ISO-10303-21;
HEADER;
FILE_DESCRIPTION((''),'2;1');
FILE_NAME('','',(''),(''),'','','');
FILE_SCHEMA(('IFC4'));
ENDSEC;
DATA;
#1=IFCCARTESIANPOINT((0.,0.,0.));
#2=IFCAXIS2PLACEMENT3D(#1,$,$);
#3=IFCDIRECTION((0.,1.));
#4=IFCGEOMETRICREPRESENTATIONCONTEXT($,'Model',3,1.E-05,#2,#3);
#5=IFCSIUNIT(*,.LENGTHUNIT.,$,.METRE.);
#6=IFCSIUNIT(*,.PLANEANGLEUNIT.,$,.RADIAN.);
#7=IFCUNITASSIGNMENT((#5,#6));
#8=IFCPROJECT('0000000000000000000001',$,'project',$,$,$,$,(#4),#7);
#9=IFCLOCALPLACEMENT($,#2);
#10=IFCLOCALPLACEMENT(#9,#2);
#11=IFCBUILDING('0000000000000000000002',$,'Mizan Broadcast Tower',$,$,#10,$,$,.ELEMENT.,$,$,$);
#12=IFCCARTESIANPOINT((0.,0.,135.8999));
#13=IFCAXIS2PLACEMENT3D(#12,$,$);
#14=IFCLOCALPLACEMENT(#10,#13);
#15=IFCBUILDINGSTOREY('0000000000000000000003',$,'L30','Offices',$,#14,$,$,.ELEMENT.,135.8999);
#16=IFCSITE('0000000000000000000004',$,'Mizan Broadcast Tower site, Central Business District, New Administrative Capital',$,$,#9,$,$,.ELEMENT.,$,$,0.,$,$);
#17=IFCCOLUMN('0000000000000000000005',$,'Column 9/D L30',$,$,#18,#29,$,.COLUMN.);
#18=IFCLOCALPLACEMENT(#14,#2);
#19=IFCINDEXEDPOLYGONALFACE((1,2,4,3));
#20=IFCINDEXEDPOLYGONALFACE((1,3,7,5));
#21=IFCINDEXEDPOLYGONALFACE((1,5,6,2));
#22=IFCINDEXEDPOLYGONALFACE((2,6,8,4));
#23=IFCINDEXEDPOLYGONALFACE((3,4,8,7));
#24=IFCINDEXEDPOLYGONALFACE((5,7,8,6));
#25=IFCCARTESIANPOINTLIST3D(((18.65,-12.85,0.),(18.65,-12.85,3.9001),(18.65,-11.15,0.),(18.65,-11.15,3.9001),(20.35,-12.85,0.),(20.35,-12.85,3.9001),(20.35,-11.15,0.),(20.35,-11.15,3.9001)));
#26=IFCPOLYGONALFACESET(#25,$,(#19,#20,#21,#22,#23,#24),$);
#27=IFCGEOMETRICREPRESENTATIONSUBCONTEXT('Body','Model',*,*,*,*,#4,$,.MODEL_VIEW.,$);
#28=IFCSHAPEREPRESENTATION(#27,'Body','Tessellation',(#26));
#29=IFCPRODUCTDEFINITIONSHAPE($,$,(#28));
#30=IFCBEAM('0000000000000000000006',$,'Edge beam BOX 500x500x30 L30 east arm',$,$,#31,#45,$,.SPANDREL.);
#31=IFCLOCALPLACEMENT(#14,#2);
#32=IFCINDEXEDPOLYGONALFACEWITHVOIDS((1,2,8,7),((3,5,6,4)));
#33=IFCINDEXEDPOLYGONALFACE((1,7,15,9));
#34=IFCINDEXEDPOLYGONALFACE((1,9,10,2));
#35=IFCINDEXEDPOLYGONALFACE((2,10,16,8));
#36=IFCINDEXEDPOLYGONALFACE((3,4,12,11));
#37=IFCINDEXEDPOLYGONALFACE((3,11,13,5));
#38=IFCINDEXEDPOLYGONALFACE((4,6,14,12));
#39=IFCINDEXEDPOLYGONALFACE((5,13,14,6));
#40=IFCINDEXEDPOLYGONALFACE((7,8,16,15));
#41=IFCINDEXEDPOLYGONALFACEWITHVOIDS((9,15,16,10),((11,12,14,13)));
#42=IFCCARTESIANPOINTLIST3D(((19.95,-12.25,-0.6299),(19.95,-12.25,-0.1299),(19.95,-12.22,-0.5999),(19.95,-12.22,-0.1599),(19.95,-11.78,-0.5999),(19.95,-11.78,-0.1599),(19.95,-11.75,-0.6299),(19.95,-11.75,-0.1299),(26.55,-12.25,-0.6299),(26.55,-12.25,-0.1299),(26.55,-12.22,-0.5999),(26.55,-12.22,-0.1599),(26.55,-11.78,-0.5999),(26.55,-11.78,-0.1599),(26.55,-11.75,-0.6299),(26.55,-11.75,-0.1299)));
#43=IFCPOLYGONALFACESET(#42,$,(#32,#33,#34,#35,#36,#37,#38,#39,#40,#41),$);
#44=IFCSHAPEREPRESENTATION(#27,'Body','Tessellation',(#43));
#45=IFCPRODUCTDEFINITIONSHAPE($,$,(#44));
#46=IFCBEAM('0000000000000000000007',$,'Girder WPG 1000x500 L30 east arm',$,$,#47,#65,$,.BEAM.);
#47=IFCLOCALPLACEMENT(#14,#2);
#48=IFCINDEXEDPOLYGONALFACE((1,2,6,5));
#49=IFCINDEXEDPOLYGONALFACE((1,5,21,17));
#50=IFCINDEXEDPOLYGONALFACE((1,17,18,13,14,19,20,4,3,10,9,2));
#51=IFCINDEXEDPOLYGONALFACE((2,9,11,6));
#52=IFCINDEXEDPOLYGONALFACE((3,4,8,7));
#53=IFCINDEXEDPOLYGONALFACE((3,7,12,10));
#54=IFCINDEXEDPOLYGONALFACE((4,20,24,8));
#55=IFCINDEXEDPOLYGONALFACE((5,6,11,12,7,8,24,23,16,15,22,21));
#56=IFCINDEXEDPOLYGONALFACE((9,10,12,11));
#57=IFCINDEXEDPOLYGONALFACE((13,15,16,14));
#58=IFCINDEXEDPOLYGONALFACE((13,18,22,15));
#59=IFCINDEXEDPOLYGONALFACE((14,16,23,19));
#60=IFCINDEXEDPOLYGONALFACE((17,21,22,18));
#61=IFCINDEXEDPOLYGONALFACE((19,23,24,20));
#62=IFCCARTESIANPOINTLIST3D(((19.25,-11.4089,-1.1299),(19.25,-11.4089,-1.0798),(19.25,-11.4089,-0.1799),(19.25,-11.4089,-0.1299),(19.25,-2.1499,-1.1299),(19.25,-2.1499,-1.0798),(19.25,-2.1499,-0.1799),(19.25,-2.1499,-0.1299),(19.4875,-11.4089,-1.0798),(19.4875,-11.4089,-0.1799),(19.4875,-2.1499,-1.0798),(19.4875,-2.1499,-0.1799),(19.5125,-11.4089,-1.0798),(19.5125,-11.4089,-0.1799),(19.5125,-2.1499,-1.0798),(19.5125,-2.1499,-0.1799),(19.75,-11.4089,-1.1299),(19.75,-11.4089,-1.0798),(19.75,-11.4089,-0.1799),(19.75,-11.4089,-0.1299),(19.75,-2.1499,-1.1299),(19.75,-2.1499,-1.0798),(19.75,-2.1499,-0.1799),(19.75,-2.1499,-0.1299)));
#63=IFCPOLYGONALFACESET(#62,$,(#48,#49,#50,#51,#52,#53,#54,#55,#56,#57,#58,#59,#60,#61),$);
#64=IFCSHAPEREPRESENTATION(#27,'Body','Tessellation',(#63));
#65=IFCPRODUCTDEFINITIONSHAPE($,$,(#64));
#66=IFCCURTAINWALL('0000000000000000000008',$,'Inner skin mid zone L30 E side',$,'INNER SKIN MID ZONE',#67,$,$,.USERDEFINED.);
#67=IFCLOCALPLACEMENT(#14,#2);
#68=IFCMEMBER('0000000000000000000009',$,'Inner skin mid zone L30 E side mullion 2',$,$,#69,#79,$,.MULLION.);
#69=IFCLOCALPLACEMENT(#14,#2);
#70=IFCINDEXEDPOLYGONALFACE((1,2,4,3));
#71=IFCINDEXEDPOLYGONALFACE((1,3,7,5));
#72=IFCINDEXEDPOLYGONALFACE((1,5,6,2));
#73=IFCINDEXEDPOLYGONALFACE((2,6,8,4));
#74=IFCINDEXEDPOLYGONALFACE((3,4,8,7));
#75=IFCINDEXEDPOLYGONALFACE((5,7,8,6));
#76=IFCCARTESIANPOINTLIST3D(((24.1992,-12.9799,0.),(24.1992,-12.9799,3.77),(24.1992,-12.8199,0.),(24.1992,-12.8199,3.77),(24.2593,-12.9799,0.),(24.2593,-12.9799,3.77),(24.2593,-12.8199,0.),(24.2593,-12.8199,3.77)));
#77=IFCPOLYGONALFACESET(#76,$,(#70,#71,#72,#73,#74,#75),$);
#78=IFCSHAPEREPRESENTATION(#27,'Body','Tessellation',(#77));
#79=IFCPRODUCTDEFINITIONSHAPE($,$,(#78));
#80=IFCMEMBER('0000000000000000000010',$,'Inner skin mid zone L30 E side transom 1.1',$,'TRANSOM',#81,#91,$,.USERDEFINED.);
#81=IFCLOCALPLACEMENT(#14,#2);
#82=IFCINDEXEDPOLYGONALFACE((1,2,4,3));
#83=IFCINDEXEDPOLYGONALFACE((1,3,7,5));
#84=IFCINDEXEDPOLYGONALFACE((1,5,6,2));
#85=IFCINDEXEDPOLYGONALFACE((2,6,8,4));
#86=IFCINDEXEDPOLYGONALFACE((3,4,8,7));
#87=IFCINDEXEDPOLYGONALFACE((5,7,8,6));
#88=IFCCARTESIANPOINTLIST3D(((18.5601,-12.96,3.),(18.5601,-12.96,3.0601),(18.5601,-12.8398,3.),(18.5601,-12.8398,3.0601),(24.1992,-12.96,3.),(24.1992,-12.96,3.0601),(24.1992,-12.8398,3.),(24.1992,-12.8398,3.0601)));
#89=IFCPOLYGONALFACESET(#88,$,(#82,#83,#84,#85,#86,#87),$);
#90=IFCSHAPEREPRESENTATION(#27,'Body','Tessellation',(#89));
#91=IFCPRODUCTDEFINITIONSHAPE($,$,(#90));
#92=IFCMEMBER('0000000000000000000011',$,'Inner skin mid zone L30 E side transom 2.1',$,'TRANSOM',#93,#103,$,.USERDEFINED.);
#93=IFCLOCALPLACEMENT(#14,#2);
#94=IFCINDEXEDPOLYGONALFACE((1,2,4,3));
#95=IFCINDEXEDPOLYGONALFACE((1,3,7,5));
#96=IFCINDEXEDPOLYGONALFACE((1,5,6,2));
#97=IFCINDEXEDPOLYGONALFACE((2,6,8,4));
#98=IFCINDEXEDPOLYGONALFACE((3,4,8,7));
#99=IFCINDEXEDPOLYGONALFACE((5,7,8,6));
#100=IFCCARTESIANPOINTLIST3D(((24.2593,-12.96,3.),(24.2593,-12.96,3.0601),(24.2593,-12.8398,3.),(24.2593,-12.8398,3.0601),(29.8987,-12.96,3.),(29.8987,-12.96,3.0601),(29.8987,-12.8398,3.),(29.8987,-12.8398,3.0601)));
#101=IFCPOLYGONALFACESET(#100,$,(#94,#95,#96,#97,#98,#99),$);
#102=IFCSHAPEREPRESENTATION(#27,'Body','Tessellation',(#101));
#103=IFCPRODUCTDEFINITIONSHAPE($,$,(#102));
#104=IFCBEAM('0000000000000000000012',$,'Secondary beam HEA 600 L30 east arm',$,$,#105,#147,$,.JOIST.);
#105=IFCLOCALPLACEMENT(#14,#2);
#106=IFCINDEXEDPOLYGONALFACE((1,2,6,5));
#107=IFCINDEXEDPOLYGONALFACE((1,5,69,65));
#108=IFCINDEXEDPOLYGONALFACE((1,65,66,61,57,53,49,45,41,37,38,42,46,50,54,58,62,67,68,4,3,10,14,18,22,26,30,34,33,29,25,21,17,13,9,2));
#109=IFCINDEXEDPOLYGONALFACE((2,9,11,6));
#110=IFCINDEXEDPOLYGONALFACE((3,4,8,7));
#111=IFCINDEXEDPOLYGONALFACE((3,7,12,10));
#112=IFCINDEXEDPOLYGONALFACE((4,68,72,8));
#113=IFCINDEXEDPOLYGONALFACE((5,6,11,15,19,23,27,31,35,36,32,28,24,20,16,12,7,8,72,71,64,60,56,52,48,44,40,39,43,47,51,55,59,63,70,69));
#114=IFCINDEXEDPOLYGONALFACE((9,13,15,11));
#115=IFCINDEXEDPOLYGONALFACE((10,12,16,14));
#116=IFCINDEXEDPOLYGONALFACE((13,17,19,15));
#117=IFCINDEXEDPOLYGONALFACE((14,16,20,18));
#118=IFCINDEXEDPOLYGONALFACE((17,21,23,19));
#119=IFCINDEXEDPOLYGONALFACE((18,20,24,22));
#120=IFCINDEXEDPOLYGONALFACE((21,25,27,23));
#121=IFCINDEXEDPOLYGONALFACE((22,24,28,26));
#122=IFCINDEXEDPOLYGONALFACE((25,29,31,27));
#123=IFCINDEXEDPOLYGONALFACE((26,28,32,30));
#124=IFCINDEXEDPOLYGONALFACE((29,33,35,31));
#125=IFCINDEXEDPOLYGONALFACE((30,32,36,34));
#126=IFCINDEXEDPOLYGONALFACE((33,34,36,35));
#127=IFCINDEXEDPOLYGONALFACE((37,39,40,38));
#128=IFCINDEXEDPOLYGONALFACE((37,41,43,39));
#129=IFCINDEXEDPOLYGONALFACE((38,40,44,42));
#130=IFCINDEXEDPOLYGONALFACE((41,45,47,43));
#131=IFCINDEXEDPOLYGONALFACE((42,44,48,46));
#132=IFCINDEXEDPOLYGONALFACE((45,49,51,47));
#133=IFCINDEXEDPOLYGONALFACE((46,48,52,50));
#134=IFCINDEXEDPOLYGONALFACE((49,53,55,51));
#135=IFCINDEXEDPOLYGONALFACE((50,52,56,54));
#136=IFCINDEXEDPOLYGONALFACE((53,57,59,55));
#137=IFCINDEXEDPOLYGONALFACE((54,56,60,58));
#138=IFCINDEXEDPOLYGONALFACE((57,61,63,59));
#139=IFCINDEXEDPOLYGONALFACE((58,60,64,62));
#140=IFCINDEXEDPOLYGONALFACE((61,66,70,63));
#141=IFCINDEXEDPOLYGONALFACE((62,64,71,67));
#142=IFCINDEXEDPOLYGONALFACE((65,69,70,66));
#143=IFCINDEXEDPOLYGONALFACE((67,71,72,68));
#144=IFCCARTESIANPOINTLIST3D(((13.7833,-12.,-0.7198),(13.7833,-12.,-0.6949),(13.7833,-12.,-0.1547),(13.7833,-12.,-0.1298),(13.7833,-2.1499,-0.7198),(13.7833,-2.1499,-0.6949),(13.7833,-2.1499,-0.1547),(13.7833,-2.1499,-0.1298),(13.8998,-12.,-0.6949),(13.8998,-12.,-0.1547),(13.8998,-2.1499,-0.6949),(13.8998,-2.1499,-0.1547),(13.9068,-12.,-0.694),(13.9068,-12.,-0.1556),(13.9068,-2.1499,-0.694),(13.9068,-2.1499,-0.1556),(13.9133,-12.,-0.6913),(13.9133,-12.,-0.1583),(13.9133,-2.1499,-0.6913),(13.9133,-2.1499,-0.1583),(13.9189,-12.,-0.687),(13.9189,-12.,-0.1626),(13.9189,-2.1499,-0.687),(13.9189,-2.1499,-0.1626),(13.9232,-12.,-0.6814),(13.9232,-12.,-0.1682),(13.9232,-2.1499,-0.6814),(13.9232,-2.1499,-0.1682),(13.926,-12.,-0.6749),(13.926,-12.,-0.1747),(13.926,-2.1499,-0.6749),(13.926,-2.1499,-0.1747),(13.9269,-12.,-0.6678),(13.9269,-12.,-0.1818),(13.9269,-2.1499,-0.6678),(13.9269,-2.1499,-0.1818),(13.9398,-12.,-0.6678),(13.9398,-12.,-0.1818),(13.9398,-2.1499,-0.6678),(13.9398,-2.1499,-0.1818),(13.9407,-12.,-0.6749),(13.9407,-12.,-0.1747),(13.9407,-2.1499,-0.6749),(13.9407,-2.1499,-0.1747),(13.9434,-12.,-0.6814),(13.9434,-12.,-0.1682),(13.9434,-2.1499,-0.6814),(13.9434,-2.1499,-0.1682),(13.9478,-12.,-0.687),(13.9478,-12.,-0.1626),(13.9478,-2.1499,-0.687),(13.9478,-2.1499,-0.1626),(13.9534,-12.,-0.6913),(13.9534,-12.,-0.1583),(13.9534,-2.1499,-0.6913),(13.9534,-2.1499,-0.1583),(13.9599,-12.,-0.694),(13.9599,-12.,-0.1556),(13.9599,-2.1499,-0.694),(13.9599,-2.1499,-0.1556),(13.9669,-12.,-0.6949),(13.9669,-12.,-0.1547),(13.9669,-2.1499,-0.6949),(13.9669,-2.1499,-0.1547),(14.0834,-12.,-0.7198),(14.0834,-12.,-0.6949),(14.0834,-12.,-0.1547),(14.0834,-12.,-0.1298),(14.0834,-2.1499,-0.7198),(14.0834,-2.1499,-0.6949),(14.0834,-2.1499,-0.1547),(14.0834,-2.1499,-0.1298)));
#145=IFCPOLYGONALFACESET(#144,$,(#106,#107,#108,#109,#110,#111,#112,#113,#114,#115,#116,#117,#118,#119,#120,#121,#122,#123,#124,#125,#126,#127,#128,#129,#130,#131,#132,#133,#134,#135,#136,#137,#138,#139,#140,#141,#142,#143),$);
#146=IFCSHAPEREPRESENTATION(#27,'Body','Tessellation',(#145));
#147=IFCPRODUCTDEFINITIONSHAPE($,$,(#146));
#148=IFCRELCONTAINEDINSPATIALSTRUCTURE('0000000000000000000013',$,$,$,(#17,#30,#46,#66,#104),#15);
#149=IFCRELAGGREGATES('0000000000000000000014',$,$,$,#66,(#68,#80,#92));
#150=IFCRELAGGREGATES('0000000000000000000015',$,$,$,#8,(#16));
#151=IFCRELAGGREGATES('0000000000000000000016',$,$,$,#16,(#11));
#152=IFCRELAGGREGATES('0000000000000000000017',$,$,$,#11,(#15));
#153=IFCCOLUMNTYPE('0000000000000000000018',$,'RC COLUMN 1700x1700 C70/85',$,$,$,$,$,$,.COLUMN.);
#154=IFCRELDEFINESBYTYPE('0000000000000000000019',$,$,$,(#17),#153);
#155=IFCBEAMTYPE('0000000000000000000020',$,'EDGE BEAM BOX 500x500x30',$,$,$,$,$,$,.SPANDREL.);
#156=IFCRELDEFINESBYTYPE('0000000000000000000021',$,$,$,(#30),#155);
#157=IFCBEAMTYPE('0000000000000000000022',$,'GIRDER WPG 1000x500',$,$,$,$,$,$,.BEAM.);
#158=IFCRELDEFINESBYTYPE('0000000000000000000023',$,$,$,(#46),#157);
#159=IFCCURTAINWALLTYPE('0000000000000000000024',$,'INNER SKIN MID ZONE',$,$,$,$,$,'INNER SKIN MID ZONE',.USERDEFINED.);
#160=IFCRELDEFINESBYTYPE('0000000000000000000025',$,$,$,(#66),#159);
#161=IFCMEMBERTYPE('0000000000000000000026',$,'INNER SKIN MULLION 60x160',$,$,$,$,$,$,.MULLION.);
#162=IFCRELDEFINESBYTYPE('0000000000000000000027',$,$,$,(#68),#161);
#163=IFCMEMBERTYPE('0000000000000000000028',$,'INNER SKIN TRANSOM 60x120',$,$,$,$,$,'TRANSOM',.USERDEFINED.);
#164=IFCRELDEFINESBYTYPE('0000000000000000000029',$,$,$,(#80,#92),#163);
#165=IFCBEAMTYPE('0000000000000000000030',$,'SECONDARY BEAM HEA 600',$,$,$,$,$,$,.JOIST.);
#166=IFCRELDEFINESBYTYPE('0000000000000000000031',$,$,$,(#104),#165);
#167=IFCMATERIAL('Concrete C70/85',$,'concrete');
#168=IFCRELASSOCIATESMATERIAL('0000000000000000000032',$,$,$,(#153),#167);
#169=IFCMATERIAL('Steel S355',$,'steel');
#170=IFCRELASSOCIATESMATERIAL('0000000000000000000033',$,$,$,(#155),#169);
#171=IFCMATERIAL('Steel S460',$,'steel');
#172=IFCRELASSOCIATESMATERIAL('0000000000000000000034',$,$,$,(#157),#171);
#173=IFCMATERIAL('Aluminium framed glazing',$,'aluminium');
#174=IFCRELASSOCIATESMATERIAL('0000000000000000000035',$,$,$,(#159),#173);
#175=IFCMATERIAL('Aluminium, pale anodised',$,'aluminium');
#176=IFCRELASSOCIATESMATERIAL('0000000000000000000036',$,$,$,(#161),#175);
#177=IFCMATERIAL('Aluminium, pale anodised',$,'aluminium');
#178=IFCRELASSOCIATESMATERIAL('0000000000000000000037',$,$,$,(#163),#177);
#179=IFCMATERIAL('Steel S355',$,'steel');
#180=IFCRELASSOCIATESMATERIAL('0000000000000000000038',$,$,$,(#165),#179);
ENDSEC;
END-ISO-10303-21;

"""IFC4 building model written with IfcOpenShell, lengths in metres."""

from ifc_helpers import new_model, si_unit, direction, frame, origin, origin_2d, place, context, subcontext, project, spatial, rectangle, hollow_rectangle, i_section, extrude, material, material_profile, profile_set, type_object, element, aggregate, save


model = new_model("IFC4")

# Units and contexts
model_context = context("Model", 3, precision=1e-05, world=origin(), true_north=direction((0.0, 1.0)))
body_context = subcontext(model_context, "Body", "Model", "MODEL_VIEW")
ifc_project = project(units=[si_unit("LENGTHUNIT", "METRE"), si_unit("PLANEANGLEUNIT", "RADIAN")], contexts=[model_context])

# Site, building, storey
site_placement = place(None, origin())
site = spatial("IfcSite", under=ifc_project, at=site_placement, Name="Mizan Broadcast Tower site, Central Business District, New Administrative Capital", CompositionType="ELEMENT", RefElevation=0.0)
building_placement = place(site_placement, origin())
building = spatial("IfcBuilding", under=site, at=building_placement, Name="Mizan Broadcast Tower", CompositionType="ELEMENT")
storey_placement = place(building_placement, frame((0.0, 0.0, 135.8999)))
storey = spatial("IfcBuildingStorey", under=building, at=storey_placement, Name="L30", Description="Offices", CompositionType="ELEMENT", Elevation=135.8999)

# Column
ifc_material_1 = material(Name="Concrete C70/85", Category="concrete")
ifc_material_profile_1 = material_profile(ifc_material_1, rectangle(XDim=1.7, YDim=1.7, at=origin_2d()), Name="RC 1700x1700")
ifc_profile_set_1 = profile_set([ifc_material_profile_1], Name="Concrete C70/85")
column_type = type_object("IfcColumnType", Name="RC COLUMN 1700x1700 C70/85", PredefinedType="COLUMN", material=ifc_profile_set_1)
column_placement = place(storey_placement, frame((19.5, -12.0, 0.0), z_axis=(0.0, 0.0, 1.0), x_axis=(1.0, 0.0, 0.0)))
element("IfcColumn", 1, at=column_placement, inside=storey, type_object=column_type, Name="Column 9/D L30", PredefinedType="COLUMN", context=body_context, shape_type="SweptSolid", body=[
    extrude(rectangle(XDim=1.7, YDim=1.7, at=origin_2d()), origin(), (0.0, 0.0, 1.0), 3.9001),
])

# Beams
ifc_material_2 = material(Name="Steel S355", Category="steel")
ifc_material_profile_2 = material_profile(ifc_material_2, hollow_rectangle(XDim=0.5, YDim=0.5, WallThickness=0.03, at=origin_2d()), Name="BOX 500x500x30")
ifc_profile_set_2 = profile_set([ifc_material_profile_2], Name="Steel S355")
beam_type_1 = type_object("IfcBeamType", Name="EDGE BEAM BOX 500x500x30", PredefinedType="SPANDREL", material=ifc_profile_set_2)
beam_1_placement = place(storey_placement, frame((19.95, -12.0, -0.3799), z_axis=(1.0, 0.0, 0.0), x_axis=(0.0, 1.0, 0.0)))
element("IfcBeam", 2, at=beam_1_placement, inside=storey, type_object=beam_type_1, Name="Edge beam BOX 500x500x30 L30 east arm", PredefinedType="SPANDREL", context=body_context, shape_type="SweptSolid", body=[
    extrude(hollow_rectangle(XDim=0.5, YDim=0.5, WallThickness=0.03, at=origin_2d()), origin(), (0.0, 0.0, 1.0), 6.6001),
])
ifc_material_3 = material(Name="Steel S460", Category="steel")
ifc_material_profile_3 = material_profile(ifc_material_3, i_section(OverallWidth=0.5, OverallDepth=1.0, WebThickness=0.0249, FlangeThickness=0.05, at=origin_2d()), Name="WPG 1000x500")
ifc_profile_set_3 = profile_set([ifc_material_profile_3], Name="Steel S460")
beam_type_2 = type_object("IfcBeamType", Name="GIRDER WPG 1000x500", PredefinedType="BEAM", material=ifc_profile_set_3)
beam_2_placement = place(storey_placement, frame((19.5, -11.4089, -0.6299), z_axis=(0.0, 1.0, 0.0), x_axis=(-1.0, 0.0, 0.0)))
element("IfcBeam", 3, at=beam_2_placement, inside=storey, type_object=beam_type_2, Name="Girder WPG 1000x500 L30 east arm", PredefinedType="BEAM", context=body_context, shape_type="SweptSolid", body=[
    extrude(i_section(OverallWidth=0.5, OverallDepth=1.0, WebThickness=0.0249, FlangeThickness=0.05, at=origin_2d()), origin(), (0.0, 0.0, 1.0), 9.259),
])

# Curtain wall, members
ifc_material_4 = material(Name="Aluminium framed glazing", Category="aluminium")
curtain_wall_type = type_object("IfcCurtainWallType", Name="INNER SKIN MID ZONE", ElementType="INNER SKIN MID ZONE", PredefinedType="USERDEFINED", material=ifc_material_4)
curtain_wall_placement = place(storey_placement, origin())
curtain_wall = element("IfcCurtainWall", 4, at=curtain_wall_placement, inside=storey, type_object=curtain_wall_type, Name="Inner skin mid zone L30 E side", ObjectType="INNER SKIN MID ZONE", PredefinedType="USERDEFINED")
ifc_material_5 = material(Name="Aluminium, pale anodised", Category="aluminium")
ifc_material_profile_4 = material_profile(ifc_material_5, rectangle(XDim=0.1599, YDim=0.0601, at=origin_2d()), Name="MULLION 160x60")
ifc_profile_set_4 = profile_set([ifc_material_profile_4], Name="Aluminium, pale anodised")
member_type_1 = type_object("IfcMemberType", Name="INNER SKIN MULLION 60x160", PredefinedType="MULLION", material=ifc_profile_set_4)
member_1_placement = place(storey_placement, frame((24.2292, -12.8999, 0.0), z_axis=(0.0, 0.0, 1.0), x_axis=(0.0, 1.0, 0.0)))
member_1 = element("IfcMember", 5, at=member_1_placement, type_object=member_type_1, Name="Inner skin mid zone L30 E side mullion 2", PredefinedType="MULLION", context=body_context, shape_type="SweptSolid", body=[
    extrude(rectangle(XDim=0.1599, YDim=0.0601, at=origin_2d()), origin(), (0.0, 0.0, 1.0), 3.77),
])
ifc_material_6 = material(Name="Aluminium, pale anodised", Category="aluminium")
ifc_material_profile_5 = material_profile(ifc_material_6, rectangle(XDim=0.1201, YDim=0.0601, at=origin_2d()), Name="TRANSOM 120x60")
ifc_profile_set_5 = profile_set([ifc_material_profile_5], Name="Aluminium, pale anodised")
member_type_2 = type_object("IfcMemberType", Name="INNER SKIN TRANSOM 60x120", ElementType="TRANSOM", PredefinedType="USERDEFINED", material=ifc_profile_set_5)
member_2_placement = place(storey_placement, frame((18.5601, -12.8999, 3.03), z_axis=(1.0, 0.0, 0.0), x_axis=(0.0, 1.0, 0.0)))
member_2 = element("IfcMember", 6, at=member_2_placement, type_object=member_type_2, Name="Inner skin mid zone L30 E side transom 1.1", ObjectType="TRANSOM", PredefinedType="USERDEFINED", context=body_context, shape_type="SweptSolid", body=[
    extrude(rectangle(XDim=0.1201, YDim=0.0601, at=origin_2d()), origin(), (0.0, 0.0, 1.0), 5.6392),
])
member_3_placement = place(storey_placement, frame((24.2593, -12.8999, 3.03), z_axis=(1.0, 0.0, 0.0), x_axis=(0.0, 1.0, 0.0)))
member_3 = element("IfcMember", 7, at=member_3_placement, type_object=member_type_2, Name="Inner skin mid zone L30 E side transom 2.1", ObjectType="TRANSOM", PredefinedType="USERDEFINED", context=body_context, shape_type="SweptSolid", body=[
    extrude(rectangle(XDim=0.1201, YDim=0.0601, at=origin_2d()), origin(), (0.0, 0.0, 1.0), 5.6394),
])

# Beam
ifc_material_7 = material(Name="Steel S355", Category="steel")
ifc_material_profile_6 = material_profile(ifc_material_7, i_section(OverallWidth=0.3, OverallDepth=0.5901, WebThickness=0.0129, FlangeThickness=0.0249, FilletRadius=0.0271, at=origin_2d()), Name="HEA 600")
ifc_profile_set_6 = profile_set([ifc_material_profile_6], Name="Steel S355")
beam_type_3 = type_object("IfcBeamType", Name="SECONDARY BEAM HEA 600", PredefinedType="JOIST", material=ifc_profile_set_6)
for number, where, z_axis, x_axis, name in (
    (8, (13.9333, -12.0, -0.4248), (0.0, 1.0, 0.0), (-1.0, 0.0, 0.0), "Secondary beam HEA 600 L30 east arm"),
):
    element("IfcBeam", number, at=place(storey_placement, frame(where, z_axis=z_axis, x_axis=x_axis)), inside=storey, type_object=beam_type_3, Name=name, PredefinedType="JOIST", context=body_context, shape_type="SweptSolid", body=[
        extrude(i_section(OverallWidth=0.3, OverallDepth=0.5901, WebThickness=0.0129, FlangeThickness=0.0249, FilletRadius=0.0271, at=origin_2d()), origin(), (0.0, 0.0, 1.0), 9.8501),
    ])

aggregate(curtain_wall, [member_1, member_2, member_3])

save(model, "model.ifc")
